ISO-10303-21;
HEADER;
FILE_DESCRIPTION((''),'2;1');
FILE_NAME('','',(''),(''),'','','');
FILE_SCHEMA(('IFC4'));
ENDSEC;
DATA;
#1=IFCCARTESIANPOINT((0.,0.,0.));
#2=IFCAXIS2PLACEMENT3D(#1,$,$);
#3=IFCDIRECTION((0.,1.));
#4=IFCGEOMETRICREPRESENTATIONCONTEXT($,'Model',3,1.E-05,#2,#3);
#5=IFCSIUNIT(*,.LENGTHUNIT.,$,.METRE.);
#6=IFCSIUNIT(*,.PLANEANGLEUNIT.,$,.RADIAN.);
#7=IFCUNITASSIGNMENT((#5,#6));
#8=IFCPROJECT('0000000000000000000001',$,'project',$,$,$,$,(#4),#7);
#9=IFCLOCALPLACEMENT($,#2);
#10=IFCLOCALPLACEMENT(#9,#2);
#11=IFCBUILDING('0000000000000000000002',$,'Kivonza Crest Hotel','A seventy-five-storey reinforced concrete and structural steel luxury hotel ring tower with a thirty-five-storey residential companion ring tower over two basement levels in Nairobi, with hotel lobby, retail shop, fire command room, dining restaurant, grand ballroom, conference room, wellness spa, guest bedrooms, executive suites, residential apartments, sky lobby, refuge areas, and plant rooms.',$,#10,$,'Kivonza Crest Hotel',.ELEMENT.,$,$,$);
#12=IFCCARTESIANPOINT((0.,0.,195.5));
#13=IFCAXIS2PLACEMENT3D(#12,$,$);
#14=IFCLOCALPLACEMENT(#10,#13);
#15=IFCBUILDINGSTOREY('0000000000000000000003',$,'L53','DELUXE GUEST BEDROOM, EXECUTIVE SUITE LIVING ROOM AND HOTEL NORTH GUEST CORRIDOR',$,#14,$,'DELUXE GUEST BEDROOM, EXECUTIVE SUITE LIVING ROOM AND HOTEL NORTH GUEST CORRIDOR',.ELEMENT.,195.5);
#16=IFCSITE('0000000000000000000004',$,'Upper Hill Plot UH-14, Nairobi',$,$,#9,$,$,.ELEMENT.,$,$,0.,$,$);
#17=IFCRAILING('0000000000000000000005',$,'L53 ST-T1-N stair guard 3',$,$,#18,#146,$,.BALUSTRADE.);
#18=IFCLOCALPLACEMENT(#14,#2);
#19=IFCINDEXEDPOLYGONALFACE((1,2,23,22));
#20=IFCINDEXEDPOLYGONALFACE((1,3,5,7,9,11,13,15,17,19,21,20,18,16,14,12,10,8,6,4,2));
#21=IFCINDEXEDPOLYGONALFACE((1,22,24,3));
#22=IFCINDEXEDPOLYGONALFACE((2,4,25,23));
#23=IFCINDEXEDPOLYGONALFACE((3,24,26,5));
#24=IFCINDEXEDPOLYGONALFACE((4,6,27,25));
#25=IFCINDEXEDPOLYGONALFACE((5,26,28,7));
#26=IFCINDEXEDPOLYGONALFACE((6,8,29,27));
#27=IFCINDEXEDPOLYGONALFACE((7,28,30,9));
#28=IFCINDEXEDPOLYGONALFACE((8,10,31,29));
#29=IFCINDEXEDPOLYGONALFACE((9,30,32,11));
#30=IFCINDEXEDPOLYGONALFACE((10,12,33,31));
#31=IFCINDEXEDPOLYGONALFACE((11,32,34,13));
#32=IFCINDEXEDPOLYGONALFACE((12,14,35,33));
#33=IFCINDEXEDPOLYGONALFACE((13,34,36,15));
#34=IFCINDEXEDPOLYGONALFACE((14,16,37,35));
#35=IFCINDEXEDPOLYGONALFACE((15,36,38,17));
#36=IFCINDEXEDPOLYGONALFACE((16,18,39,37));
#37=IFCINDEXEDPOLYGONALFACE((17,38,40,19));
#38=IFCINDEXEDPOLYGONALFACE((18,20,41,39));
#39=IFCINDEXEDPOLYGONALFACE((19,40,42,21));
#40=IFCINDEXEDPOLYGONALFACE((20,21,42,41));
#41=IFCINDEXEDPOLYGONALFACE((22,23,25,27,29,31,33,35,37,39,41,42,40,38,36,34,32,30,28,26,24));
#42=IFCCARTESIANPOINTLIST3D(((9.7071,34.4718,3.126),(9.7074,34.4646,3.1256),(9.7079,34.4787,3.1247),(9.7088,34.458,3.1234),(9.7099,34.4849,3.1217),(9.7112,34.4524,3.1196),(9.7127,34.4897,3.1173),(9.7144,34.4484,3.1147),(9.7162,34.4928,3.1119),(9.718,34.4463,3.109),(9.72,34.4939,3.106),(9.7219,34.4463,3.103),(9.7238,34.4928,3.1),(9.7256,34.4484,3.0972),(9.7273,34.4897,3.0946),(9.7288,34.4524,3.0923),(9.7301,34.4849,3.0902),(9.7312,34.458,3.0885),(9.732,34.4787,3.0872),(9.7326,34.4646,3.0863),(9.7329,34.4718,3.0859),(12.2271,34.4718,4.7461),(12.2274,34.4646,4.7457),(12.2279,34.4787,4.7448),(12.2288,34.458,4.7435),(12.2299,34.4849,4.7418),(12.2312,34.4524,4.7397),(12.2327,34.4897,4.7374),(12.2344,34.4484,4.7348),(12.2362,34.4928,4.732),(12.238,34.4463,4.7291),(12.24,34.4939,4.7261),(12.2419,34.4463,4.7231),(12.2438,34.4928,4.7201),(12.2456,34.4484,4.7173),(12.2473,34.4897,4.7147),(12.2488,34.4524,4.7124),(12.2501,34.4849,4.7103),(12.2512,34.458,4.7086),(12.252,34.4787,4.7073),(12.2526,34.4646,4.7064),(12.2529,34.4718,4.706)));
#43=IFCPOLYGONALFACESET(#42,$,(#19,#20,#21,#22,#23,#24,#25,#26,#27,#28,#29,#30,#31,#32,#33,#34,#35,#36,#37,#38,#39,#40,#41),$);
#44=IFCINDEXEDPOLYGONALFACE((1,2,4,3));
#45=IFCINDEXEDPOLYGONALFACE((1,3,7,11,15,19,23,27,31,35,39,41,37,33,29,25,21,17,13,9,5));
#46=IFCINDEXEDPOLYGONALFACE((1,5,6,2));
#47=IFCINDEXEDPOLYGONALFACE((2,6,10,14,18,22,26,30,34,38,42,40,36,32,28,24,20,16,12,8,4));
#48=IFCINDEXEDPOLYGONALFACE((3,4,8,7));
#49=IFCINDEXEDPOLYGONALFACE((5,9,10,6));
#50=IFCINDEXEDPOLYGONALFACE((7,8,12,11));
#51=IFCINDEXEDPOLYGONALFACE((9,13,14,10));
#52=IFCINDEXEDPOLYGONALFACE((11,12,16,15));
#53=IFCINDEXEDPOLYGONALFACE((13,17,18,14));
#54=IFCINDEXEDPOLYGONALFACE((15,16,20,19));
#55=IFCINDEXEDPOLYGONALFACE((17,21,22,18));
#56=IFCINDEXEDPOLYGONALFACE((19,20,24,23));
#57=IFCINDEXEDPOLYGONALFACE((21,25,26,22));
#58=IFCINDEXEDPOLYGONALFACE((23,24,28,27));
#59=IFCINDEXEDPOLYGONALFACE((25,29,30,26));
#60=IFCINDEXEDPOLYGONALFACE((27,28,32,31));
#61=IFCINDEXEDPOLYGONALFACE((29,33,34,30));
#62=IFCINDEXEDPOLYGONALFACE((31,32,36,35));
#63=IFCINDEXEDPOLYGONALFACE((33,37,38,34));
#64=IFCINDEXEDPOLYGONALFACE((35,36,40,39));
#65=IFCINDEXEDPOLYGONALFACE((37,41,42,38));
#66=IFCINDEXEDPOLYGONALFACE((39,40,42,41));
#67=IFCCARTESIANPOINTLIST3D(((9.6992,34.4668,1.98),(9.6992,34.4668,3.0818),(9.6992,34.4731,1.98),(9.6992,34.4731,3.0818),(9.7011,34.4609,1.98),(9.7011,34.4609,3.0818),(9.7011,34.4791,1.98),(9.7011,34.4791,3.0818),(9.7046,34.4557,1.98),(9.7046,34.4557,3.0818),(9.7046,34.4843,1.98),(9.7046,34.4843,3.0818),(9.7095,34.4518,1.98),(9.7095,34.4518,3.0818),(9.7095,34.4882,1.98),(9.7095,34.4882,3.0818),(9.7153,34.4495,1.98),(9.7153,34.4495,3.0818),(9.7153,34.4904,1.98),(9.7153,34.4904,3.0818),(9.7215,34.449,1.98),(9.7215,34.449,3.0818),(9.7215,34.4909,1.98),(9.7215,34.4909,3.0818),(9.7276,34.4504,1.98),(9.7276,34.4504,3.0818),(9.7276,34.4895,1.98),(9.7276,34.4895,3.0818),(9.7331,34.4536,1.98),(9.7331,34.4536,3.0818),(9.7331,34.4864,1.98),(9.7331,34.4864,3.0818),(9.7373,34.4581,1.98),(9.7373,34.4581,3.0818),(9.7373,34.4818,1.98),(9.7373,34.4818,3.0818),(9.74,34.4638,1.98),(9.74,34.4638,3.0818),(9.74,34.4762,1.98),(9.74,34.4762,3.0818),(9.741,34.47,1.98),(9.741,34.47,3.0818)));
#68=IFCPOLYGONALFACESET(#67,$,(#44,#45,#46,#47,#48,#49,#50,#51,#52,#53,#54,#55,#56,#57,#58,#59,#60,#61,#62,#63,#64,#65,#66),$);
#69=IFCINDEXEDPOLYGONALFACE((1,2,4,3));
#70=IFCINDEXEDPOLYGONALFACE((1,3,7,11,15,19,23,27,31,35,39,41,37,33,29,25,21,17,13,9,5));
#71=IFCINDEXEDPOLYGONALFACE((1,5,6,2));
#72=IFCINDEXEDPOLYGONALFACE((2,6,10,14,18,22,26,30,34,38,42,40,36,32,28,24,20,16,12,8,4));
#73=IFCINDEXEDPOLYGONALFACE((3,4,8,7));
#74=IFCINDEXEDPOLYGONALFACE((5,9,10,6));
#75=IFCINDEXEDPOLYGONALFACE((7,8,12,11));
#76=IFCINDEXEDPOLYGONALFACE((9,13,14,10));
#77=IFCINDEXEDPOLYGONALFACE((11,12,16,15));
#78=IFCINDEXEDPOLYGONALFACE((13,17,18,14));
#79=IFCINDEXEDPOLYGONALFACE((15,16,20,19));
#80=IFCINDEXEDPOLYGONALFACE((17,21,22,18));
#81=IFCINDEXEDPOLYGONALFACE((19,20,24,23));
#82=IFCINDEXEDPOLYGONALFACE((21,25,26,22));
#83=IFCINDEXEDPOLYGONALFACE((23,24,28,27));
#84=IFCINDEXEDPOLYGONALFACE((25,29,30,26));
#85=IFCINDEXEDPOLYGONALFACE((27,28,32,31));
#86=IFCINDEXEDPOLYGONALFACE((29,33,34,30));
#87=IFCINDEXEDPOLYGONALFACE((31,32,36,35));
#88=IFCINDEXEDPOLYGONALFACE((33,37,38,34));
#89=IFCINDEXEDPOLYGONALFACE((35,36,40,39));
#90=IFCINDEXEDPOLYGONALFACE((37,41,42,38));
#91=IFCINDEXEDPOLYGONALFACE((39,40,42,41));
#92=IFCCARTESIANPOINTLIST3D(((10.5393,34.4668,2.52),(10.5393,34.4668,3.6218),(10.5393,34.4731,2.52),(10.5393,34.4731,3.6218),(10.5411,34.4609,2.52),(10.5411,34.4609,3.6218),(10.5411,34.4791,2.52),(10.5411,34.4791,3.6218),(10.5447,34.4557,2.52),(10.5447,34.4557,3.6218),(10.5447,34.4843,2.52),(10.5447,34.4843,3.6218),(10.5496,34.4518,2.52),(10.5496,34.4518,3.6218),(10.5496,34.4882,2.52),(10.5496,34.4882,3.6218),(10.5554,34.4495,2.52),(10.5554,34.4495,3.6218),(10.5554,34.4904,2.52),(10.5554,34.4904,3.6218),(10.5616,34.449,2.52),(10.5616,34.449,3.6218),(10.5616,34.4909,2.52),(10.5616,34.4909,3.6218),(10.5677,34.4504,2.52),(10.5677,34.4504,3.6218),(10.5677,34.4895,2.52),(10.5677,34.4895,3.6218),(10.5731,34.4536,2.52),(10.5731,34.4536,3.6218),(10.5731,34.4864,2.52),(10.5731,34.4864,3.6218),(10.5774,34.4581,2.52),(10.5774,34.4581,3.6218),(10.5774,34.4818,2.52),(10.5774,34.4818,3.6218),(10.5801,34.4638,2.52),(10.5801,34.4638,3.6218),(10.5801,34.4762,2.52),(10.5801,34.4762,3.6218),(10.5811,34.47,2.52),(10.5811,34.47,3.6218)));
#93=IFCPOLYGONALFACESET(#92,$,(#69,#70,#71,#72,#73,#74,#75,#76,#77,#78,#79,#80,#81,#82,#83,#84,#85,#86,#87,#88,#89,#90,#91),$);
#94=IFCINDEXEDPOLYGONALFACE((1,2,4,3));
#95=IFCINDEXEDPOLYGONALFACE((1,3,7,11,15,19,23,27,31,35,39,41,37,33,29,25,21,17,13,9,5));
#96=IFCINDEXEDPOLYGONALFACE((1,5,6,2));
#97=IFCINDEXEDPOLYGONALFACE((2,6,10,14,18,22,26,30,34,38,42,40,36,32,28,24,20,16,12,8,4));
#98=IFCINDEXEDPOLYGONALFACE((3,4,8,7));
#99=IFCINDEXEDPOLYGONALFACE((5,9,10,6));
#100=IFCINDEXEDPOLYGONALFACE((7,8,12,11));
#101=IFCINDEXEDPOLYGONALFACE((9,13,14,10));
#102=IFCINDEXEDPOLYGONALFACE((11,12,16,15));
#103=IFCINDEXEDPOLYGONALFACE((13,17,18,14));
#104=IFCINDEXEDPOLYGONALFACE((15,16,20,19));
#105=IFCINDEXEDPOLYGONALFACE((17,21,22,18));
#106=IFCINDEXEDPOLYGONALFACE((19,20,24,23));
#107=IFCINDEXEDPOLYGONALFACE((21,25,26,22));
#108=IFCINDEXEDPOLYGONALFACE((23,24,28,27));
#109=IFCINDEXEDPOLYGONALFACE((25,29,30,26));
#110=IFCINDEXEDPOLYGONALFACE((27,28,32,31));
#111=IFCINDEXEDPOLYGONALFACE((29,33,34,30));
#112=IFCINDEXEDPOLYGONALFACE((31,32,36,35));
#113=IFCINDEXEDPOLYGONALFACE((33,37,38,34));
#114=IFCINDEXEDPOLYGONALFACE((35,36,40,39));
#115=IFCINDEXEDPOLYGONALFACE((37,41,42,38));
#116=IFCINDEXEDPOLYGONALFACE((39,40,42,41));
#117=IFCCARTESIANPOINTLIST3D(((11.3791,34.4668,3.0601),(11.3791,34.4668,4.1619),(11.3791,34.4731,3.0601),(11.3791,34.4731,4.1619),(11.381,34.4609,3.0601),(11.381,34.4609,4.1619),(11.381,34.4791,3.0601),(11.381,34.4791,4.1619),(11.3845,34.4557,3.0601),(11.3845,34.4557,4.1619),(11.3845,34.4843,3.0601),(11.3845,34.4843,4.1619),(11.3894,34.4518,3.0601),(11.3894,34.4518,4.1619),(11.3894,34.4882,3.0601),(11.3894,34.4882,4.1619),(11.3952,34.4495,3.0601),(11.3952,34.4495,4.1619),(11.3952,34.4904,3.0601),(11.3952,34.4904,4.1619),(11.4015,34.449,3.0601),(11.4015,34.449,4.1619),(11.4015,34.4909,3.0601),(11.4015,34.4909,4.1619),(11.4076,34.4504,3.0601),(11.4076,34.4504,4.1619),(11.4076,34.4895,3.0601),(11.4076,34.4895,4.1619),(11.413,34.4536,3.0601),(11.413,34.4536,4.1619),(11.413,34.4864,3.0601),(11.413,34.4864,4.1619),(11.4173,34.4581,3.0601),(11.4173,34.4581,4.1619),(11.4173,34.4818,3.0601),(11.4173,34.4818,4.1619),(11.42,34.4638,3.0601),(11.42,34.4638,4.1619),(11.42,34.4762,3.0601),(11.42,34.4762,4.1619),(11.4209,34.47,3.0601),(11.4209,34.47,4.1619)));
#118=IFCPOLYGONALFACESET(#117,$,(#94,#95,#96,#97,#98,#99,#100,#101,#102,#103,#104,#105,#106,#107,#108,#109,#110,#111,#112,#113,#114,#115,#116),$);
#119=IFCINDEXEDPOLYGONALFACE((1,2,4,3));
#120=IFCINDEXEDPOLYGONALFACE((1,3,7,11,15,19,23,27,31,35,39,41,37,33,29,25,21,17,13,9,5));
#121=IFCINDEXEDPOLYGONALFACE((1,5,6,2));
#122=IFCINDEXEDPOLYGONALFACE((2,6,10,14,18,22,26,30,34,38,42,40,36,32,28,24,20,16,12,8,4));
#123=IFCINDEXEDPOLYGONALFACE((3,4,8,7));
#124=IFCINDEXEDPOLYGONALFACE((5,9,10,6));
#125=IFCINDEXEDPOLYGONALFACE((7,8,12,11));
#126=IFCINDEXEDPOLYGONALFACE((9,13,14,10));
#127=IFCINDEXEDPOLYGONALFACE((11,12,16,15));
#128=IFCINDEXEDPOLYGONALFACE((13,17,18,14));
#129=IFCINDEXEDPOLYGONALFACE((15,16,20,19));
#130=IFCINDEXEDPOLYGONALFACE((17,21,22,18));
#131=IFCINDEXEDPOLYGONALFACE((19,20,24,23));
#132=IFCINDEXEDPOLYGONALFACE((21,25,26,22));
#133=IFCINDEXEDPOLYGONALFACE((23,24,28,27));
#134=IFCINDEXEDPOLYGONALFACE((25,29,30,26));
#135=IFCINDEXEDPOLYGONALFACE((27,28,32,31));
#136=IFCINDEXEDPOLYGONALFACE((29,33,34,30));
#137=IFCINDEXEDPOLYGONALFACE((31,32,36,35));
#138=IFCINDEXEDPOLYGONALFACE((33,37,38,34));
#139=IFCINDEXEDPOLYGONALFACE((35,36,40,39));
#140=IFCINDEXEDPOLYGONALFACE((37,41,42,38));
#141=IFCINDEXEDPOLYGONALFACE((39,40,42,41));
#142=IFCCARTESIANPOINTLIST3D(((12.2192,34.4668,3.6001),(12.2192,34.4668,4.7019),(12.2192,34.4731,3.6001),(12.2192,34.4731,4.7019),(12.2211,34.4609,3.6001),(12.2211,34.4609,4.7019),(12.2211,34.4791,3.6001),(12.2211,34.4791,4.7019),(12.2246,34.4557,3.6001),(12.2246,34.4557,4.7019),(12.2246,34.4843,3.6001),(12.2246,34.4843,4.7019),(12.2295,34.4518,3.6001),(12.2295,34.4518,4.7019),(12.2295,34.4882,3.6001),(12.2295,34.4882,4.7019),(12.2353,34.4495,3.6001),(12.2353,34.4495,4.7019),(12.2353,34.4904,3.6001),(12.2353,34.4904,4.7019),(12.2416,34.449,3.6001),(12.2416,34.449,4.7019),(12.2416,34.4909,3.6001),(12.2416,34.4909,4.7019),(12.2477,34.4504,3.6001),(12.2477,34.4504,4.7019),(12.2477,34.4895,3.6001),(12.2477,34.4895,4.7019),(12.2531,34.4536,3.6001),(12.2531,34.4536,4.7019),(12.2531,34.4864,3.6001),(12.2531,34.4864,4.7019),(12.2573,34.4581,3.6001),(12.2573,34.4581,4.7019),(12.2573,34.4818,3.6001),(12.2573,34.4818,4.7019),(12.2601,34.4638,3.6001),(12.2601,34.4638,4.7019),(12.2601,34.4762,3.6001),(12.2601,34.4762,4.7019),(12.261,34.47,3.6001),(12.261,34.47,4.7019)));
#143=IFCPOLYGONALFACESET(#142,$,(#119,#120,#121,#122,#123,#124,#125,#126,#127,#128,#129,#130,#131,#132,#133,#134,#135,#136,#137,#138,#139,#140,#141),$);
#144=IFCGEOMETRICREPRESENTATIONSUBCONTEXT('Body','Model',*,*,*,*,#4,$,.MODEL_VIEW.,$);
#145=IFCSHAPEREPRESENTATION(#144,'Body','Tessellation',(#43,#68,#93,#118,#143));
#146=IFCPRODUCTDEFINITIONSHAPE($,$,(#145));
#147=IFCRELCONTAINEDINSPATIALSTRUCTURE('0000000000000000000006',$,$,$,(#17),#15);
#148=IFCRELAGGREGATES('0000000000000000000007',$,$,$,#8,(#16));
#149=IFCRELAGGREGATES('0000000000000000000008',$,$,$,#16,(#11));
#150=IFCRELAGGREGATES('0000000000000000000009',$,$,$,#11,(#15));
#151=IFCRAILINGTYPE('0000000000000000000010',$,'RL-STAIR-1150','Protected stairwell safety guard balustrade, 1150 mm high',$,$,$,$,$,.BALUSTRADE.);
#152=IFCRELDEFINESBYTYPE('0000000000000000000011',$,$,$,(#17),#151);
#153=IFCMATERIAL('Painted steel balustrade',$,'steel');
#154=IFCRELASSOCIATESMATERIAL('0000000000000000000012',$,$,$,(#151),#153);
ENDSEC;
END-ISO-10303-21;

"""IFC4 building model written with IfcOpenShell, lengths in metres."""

from ifc_helpers import new_model, si_unit, direction, frame, origin, origin_2d, place, context, subcontext, project, spatial, circle, extrude, material, type_object, element, save


model = new_model("IFC4")

# Units and contexts
model_context = context("Model", 3, precision=1e-05, world=origin(), true_north=direction((0.0, 1.0)))
body_context = subcontext(model_context, "Body", "Model", "MODEL_VIEW")
ifc_project = project(units=[si_unit("LENGTHUNIT", "METRE"), si_unit("PLANEANGLEUNIT", "RADIAN")], contexts=[model_context])

# Site, building, storey
site_placement = place(None, origin())
site = spatial("IfcSite", under=ifc_project, at=site_placement, Name="Upper Hill Plot UH-14, Nairobi", CompositionType="ELEMENT", RefElevation=0.0)
building_placement = place(site_placement, origin())
building = spatial("IfcBuilding", under=site, at=building_placement, Name="Kivonza Crest Hotel", Description="A seventy-five-storey reinforced concrete and structural steel luxury hotel ring tower with a thirty-five-storey residential companion ring tower over two basement levels in Nairobi, with hotel lobby, retail shop, fire command room, dining restaurant, grand ballroom, conference room, wellness spa, guest bedrooms, executive suites, residential apartments, sky lobby, refuge areas, and plant rooms.", LongName="Kivonza Crest Hotel", CompositionType="ELEMENT")
storey_placement = place(building_placement, frame((0.0, 0.0, 195.5)))
storey = spatial("IfcBuildingStorey", under=building, at=storey_placement, Name="L53", Description="DELUXE GUEST BEDROOM, EXECUTIVE SUITE LIVING ROOM AND HOTEL NORTH GUEST CORRIDOR", LongName="DELUXE GUEST BEDROOM, EXECUTIVE SUITE LIVING ROOM AND HOTEL NORTH GUEST CORRIDOR", CompositionType="ELEMENT", Elevation=195.5)

# Railing
ifc_material_1 = material(Name="Painted steel balustrade", Category="steel")
railing_type_1 = type_object("IfcRailingType", Name="RL-STAIR-1150", Description="Protected stairwell safety guard balustrade, 1150 mm high", PredefinedType="BALUSTRADE", material=ifc_material_1)
railing_1_placement = place(storey_placement, frame((9.72, 34.47, 1.98)))
element("IfcRailing", 1, at=railing_1_placement, inside=storey, type_object=railing_type_1, Name="L53 ST-T1-N stair guard 3", PredefinedType="BALUSTRADE", context=body_context, shape_type="SweptSolid", body=[
    extrude(circle(Radius=0.0239, at=origin_2d()), frame((0.0, 0.0, 1.126), z_axis=(0.841163, 0.0, 0.540782), x_axis=(0.0, 1.0, 0.0)), (0.0, 0.0, 1.0), 2.9958),
    extrude(circle(Radius=0.021, at=origin_2d()), origin(), (0.0, 0.0, 1.0), 1.1018),
    extrude(circle(Radius=0.021, at=origin_2d()), frame((0.8401, 0.0, 0.54)), (0.0, 0.0, 1.0), 1.1018),
    extrude(circle(Radius=0.021, at=origin_2d()), frame((1.6799, 0.0, 1.0801)), (0.0, 0.0, 1.0), 1.1018),
    extrude(circle(Radius=0.021, at=origin_2d()), frame((2.52, 0.0, 1.6201)), (0.0, 0.0, 1.0), 1.1018),
])

save(model, "model.ifc")
